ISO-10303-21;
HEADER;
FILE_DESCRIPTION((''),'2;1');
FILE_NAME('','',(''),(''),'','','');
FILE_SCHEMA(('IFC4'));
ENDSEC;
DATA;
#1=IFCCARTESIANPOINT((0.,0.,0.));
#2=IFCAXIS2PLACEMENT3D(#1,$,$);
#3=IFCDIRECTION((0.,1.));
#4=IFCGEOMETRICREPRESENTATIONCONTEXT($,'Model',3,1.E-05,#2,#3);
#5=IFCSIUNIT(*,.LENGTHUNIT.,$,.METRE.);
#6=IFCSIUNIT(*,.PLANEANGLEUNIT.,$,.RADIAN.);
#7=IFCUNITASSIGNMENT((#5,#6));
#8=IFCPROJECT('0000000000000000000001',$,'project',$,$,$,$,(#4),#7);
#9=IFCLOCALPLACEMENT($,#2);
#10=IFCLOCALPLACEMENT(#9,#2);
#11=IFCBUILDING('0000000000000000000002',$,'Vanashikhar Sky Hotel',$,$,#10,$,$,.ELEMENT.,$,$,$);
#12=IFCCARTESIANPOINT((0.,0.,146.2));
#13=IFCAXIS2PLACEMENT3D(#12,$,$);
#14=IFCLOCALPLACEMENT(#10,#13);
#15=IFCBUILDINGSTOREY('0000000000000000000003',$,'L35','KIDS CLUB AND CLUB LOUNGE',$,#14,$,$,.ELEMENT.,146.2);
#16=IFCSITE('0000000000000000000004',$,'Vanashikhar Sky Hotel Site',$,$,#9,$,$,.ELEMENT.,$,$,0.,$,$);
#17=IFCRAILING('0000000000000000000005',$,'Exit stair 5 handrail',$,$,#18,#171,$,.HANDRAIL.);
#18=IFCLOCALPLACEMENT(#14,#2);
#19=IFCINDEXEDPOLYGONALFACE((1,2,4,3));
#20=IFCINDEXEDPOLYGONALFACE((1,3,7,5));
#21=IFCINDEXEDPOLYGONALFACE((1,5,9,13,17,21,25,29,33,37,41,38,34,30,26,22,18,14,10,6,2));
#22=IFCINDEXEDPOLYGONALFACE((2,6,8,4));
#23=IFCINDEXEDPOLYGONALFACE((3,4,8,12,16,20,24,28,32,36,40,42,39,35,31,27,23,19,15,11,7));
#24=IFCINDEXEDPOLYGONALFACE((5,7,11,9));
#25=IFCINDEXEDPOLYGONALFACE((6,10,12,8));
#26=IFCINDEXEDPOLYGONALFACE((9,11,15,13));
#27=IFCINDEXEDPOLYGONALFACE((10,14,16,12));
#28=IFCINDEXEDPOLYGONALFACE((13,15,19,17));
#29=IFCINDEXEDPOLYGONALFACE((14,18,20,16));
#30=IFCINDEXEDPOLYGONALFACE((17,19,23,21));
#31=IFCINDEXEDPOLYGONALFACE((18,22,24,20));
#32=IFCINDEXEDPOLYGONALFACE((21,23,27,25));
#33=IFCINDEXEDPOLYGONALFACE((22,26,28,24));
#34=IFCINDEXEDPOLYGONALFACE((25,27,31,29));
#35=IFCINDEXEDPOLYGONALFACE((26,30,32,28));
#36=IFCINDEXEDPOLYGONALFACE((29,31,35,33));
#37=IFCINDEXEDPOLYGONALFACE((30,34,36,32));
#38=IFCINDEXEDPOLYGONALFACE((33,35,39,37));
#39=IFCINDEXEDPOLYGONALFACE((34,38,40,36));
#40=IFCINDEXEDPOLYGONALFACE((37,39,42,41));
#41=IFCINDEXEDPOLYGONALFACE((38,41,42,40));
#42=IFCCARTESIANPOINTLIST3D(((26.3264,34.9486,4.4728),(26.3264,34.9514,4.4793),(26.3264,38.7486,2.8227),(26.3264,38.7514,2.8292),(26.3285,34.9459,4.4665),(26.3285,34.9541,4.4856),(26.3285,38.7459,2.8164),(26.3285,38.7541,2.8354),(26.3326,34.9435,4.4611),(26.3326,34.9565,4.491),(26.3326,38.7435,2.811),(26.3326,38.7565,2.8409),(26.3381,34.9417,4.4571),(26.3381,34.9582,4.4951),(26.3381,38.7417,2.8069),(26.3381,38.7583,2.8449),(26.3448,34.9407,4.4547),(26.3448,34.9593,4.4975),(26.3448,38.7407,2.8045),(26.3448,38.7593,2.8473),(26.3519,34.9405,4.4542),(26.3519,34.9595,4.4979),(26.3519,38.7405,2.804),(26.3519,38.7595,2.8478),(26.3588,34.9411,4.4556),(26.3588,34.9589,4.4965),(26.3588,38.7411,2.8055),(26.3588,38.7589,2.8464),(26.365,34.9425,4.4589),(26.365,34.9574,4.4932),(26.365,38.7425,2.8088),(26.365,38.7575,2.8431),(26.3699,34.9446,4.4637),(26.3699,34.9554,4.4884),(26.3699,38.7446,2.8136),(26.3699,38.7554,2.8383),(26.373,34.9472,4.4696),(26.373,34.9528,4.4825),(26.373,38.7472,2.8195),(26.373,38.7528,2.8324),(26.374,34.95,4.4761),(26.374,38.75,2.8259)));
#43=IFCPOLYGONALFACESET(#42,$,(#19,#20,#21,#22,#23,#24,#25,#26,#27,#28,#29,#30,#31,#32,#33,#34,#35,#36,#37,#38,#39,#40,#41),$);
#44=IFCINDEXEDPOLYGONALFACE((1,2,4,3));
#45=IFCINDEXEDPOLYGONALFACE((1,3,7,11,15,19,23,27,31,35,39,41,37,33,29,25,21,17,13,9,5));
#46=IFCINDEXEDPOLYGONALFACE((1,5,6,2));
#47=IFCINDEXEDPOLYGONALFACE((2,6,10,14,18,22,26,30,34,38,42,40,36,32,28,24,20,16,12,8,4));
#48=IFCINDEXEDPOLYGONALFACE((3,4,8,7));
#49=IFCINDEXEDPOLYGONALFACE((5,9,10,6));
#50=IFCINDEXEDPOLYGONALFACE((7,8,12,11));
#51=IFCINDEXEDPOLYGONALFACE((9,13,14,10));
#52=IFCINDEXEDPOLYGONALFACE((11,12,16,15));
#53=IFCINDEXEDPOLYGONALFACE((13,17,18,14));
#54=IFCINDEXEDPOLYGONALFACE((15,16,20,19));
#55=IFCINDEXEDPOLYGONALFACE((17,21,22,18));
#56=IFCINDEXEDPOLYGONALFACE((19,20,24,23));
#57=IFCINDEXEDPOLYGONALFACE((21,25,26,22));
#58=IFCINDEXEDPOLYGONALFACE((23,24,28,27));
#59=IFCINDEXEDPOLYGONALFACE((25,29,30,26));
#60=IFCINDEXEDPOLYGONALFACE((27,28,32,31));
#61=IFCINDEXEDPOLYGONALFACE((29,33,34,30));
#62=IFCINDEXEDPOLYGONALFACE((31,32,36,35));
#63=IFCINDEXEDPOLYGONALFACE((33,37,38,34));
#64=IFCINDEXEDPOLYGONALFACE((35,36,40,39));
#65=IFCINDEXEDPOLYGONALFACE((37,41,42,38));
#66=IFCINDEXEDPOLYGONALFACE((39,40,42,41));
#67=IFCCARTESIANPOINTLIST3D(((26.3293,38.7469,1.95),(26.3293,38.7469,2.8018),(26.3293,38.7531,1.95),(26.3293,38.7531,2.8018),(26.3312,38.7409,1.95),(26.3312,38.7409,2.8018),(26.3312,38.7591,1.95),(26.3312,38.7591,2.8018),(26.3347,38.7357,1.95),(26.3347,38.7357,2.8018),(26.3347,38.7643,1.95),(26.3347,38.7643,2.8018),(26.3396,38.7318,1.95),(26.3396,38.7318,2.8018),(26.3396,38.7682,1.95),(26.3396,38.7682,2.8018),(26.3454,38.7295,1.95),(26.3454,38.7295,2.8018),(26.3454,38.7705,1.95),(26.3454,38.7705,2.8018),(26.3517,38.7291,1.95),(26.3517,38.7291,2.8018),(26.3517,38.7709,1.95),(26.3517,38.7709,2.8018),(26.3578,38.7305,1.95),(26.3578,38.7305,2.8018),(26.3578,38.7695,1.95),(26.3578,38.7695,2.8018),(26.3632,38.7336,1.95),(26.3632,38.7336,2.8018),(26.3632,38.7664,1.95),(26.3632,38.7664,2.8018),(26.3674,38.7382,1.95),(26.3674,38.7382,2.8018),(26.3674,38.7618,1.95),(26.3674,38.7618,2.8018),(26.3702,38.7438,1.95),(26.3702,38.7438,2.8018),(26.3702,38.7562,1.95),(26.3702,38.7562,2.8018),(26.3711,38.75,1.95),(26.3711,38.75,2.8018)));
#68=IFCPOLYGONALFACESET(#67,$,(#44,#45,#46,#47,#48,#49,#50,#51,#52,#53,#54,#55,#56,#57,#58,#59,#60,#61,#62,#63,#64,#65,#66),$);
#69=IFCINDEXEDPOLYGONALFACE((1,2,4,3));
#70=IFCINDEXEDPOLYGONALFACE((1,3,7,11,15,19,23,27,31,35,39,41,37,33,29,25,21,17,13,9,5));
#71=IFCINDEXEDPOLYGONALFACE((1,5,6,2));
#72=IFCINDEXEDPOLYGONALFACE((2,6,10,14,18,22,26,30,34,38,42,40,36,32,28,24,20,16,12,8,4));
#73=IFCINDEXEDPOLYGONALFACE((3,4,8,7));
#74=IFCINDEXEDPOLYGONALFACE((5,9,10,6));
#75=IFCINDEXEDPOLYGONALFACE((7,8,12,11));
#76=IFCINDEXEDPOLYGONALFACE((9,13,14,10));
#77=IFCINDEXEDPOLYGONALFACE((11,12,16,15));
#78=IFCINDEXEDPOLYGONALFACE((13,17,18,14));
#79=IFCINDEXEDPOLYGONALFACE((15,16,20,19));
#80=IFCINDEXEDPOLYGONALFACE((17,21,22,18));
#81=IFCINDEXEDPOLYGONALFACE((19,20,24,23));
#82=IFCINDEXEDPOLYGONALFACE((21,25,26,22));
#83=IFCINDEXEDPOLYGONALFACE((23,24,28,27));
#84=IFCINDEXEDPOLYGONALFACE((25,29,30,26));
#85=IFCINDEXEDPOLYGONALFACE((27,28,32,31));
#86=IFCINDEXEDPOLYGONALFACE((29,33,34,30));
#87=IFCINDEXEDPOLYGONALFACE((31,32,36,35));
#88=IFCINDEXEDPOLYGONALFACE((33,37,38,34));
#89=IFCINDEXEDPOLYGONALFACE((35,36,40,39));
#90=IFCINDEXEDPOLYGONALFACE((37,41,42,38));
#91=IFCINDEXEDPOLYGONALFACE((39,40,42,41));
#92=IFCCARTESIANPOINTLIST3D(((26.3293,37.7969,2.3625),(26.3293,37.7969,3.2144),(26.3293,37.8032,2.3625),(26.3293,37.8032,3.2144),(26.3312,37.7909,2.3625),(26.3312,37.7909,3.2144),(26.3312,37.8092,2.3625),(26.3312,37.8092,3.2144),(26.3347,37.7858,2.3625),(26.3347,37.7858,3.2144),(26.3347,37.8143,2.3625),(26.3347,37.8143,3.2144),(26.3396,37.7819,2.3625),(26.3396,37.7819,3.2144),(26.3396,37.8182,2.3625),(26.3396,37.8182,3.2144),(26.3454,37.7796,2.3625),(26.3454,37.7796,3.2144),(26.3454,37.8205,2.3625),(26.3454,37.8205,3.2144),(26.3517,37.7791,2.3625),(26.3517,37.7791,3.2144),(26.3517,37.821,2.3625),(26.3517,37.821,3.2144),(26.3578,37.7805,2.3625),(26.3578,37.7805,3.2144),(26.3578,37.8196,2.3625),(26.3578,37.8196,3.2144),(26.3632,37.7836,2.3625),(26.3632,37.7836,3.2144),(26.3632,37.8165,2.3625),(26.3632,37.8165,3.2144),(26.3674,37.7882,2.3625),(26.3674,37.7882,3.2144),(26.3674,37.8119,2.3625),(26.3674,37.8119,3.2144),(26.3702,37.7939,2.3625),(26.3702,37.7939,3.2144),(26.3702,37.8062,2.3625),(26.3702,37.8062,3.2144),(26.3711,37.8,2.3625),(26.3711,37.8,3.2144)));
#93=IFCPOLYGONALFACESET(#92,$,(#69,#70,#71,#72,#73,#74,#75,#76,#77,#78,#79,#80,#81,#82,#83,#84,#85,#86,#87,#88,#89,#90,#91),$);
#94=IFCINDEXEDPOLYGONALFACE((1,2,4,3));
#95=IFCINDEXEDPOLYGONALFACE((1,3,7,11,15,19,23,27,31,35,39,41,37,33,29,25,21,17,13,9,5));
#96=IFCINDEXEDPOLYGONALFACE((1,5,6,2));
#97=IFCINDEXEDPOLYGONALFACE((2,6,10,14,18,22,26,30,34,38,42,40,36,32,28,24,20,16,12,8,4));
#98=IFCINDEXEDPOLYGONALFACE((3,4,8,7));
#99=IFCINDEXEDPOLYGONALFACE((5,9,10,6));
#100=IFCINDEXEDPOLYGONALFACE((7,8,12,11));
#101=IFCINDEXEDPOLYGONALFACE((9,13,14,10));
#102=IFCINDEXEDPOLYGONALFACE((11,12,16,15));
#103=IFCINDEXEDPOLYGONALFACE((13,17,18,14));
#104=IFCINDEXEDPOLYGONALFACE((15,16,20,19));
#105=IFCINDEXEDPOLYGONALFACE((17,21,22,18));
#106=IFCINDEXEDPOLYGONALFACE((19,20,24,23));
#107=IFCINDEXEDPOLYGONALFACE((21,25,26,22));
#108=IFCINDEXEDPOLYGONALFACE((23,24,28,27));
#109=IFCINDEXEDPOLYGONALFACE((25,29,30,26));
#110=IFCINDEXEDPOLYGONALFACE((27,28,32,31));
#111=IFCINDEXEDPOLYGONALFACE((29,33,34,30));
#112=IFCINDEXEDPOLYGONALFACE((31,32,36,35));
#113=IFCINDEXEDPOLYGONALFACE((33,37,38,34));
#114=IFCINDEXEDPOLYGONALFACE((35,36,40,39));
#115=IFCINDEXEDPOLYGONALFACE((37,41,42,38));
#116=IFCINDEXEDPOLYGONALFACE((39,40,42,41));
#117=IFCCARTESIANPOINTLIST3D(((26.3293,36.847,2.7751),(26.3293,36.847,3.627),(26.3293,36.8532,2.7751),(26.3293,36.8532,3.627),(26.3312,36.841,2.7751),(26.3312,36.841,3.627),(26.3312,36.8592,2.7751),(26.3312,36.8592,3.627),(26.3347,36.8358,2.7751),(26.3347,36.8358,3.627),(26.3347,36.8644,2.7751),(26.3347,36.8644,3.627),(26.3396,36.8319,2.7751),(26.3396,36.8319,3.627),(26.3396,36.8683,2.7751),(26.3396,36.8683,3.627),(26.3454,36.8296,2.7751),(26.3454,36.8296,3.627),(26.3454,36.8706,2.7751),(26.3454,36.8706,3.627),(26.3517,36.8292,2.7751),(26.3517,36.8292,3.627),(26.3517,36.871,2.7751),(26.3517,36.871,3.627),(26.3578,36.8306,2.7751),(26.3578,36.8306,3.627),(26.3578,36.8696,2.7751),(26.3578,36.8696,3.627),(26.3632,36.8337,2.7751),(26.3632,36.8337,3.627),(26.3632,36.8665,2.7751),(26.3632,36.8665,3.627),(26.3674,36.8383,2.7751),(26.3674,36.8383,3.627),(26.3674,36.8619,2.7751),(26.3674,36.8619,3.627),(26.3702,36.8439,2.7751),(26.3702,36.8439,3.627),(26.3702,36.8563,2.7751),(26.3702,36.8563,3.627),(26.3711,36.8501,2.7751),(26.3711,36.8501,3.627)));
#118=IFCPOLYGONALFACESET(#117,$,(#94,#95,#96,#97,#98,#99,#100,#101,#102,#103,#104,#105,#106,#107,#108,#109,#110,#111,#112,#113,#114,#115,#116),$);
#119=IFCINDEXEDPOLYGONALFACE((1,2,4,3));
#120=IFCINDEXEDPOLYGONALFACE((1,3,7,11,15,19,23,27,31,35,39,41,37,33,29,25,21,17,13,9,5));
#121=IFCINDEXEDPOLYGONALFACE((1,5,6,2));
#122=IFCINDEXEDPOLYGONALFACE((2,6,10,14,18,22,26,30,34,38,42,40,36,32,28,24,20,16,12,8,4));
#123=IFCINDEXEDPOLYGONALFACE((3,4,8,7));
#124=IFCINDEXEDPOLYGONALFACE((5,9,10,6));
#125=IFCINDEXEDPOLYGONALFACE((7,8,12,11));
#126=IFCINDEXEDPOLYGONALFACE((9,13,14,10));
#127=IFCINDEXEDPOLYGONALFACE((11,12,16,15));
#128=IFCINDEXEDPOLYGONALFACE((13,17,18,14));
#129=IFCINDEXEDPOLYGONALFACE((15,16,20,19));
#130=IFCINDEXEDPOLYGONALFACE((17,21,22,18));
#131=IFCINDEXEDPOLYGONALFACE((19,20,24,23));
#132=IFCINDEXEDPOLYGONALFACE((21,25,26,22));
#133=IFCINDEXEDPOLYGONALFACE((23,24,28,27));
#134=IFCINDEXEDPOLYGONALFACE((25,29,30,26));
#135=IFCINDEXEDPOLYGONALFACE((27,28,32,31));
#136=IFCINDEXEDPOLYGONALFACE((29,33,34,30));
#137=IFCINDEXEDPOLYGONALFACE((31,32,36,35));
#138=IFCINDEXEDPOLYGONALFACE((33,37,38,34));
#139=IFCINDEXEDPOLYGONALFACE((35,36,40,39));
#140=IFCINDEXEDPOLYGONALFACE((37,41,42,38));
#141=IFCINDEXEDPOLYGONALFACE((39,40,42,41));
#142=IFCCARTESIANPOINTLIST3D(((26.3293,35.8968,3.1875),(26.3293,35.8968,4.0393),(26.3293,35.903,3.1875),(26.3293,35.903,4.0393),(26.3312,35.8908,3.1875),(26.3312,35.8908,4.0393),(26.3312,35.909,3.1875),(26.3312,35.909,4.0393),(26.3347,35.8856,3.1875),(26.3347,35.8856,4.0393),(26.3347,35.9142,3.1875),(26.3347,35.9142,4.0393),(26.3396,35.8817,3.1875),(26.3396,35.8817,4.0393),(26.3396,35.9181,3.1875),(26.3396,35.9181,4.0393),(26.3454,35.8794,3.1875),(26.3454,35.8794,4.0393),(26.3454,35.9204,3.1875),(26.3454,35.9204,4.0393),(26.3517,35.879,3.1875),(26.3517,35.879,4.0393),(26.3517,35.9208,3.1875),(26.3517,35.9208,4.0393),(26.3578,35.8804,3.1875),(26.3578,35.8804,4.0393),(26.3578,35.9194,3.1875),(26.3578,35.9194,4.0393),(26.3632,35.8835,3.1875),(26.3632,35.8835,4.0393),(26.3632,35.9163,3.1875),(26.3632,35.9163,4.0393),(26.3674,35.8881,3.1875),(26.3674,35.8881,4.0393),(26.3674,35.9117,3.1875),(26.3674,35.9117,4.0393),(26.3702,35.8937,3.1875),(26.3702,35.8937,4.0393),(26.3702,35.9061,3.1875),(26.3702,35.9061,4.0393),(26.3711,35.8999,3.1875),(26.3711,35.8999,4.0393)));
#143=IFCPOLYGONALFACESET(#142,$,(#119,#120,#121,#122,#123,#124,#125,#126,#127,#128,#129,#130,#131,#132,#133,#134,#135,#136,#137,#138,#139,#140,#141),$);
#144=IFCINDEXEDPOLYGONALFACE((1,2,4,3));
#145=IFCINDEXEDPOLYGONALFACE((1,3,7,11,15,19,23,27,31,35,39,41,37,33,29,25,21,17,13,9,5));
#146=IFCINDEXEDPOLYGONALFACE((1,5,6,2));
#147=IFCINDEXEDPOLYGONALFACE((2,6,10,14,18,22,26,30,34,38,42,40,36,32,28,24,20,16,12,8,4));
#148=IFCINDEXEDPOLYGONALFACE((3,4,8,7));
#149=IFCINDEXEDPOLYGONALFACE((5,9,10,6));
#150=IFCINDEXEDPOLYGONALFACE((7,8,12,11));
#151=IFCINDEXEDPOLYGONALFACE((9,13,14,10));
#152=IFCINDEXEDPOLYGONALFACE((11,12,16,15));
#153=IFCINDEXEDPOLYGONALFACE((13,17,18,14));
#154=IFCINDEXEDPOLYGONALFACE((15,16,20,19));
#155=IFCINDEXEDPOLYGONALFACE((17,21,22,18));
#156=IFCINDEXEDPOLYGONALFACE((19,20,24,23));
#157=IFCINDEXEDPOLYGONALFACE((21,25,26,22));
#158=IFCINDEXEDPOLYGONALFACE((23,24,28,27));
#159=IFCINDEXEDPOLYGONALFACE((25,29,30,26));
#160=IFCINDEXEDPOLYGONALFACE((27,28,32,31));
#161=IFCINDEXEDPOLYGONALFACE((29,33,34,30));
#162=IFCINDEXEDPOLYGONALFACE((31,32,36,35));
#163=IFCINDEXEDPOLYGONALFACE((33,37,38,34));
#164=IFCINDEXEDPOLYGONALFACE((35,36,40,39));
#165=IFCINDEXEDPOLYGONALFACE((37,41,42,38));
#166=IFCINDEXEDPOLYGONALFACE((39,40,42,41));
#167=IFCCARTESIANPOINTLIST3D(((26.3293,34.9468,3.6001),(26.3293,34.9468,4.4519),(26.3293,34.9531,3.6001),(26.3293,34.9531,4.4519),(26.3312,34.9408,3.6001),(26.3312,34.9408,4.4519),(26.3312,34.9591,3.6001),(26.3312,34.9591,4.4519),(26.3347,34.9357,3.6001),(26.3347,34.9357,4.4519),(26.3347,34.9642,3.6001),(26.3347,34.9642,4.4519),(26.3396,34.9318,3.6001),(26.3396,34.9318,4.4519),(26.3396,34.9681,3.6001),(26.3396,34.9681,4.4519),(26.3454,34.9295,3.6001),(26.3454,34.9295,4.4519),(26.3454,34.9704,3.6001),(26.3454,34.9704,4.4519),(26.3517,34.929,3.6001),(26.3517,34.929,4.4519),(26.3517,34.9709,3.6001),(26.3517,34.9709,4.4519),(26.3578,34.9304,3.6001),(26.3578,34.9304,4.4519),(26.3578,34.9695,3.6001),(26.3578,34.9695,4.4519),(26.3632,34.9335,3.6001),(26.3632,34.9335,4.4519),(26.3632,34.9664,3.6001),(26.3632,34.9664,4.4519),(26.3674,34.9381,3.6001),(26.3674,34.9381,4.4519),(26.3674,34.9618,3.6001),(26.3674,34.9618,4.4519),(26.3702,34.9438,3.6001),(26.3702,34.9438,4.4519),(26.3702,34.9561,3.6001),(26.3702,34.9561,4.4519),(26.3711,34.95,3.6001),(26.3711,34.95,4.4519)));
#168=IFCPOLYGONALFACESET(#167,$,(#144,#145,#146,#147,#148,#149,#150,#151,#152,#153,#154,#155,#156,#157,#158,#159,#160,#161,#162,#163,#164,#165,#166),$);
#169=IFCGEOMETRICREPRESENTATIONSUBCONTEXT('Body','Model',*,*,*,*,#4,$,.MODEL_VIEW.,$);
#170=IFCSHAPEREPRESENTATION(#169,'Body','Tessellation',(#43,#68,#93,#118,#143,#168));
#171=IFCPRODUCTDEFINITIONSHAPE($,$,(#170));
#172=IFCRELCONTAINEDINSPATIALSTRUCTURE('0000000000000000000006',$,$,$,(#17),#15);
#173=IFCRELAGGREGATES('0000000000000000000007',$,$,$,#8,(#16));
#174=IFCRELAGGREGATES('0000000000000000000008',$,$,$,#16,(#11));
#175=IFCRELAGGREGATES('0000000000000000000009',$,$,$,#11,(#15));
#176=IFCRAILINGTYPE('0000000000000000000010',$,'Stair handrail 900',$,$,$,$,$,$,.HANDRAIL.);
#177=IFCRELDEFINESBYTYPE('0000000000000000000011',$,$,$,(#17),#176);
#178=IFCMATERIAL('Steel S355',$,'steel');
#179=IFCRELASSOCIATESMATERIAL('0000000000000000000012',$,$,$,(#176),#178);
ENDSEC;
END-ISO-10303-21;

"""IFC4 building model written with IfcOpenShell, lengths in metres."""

from ifc_helpers import new_model, si_unit, direction, frame, origin, origin_2d, place, context, subcontext, project, spatial, circle, extrude, source, transform, mapped, material, type_object, element, save


model = new_model("IFC4")

# Units and contexts
model_context = context("Model", 3, precision=1e-05, world=origin(), true_north=direction((0.0, 1.0)))
body_context = subcontext(model_context, "Body", "Model", "MODEL_VIEW")
ifc_project = project(units=[si_unit("LENGTHUNIT", "METRE"), si_unit("PLANEANGLEUNIT", "RADIAN")], contexts=[model_context])

# Site, building, storey
site_placement = place(None, origin())
site = spatial("IfcSite", under=ifc_project, at=site_placement, Name="Vanashikhar Sky Hotel Site", CompositionType="ELEMENT", RefElevation=0.0)
building_placement = place(site_placement, origin())
building = spatial("IfcBuilding", under=site, at=building_placement, Name="Vanashikhar Sky Hotel", CompositionType="ELEMENT")
storey_placement = place(building_placement, frame((0.0, 0.0, 146.2)))
storey = spatial("IfcBuildingStorey", under=building, at=storey_placement, Name="L35", Description="KIDS CLUB AND CLUB LOUNGE", CompositionType="ELEMENT", Elevation=146.2)

# Railing
ifc_material_1 = material(Name="Steel S355", Category="steel")
railing_type_1 = type_object("IfcRailingType", Name="Stair handrail 900", PredefinedType="HANDRAIL", material=ifc_material_1)
shared_shape_1 = source(origin(), body_context, "Body", "SweptSolid", [
    extrude(circle(Radius=0.0239, at=origin_2d()), frame((0.0, 0.0, 0.876), z_axis=(0.0, -0.917251, 0.39831), x_axis=(1.0, 0.0, 0.0)), (0.0, 0.0, 1.0), 4.1428),
    extrude(circle(Radius=0.021, at=origin_2d()), origin(), (0.0, 0.0, 1.0), 0.8518),
    extrude(circle(Radius=0.021, at=origin_2d()), frame((0.0, -0.95, 0.4126)), (0.0, 0.0, 1.0), 0.8518),
    extrude(circle(Radius=0.021, at=origin_2d()), frame((0.0, -1.8999, 0.8252)), (0.0, 0.0, 1.0), 0.8518),
    extrude(circle(Radius=0.021, at=origin_2d()), frame((0.0, -2.8501, 1.2375)), (0.0, 0.0, 1.0), 0.8518),
    extrude(circle(Radius=0.021, at=origin_2d()), frame((0.0, -3.8, 1.6501)), (0.0, 0.0, 1.0), 0.8518),
])
for number, where, name in (
    (1, (26.3501, 38.75, 1.95), "Exit stair 5 handrail"),
):
    element("IfcRailing", number, at=place(storey_placement, frame(where)), inside=storey, type_object=railing_type_1, Name=name, PredefinedType="HANDRAIL", context=body_context, shape_type="MappedRepresentation", body=[
        mapped(shared_shape_1, transform((0.0, 0.0, 0.0), scale=1.0)),
    ])

save(model, "model.ifc")
